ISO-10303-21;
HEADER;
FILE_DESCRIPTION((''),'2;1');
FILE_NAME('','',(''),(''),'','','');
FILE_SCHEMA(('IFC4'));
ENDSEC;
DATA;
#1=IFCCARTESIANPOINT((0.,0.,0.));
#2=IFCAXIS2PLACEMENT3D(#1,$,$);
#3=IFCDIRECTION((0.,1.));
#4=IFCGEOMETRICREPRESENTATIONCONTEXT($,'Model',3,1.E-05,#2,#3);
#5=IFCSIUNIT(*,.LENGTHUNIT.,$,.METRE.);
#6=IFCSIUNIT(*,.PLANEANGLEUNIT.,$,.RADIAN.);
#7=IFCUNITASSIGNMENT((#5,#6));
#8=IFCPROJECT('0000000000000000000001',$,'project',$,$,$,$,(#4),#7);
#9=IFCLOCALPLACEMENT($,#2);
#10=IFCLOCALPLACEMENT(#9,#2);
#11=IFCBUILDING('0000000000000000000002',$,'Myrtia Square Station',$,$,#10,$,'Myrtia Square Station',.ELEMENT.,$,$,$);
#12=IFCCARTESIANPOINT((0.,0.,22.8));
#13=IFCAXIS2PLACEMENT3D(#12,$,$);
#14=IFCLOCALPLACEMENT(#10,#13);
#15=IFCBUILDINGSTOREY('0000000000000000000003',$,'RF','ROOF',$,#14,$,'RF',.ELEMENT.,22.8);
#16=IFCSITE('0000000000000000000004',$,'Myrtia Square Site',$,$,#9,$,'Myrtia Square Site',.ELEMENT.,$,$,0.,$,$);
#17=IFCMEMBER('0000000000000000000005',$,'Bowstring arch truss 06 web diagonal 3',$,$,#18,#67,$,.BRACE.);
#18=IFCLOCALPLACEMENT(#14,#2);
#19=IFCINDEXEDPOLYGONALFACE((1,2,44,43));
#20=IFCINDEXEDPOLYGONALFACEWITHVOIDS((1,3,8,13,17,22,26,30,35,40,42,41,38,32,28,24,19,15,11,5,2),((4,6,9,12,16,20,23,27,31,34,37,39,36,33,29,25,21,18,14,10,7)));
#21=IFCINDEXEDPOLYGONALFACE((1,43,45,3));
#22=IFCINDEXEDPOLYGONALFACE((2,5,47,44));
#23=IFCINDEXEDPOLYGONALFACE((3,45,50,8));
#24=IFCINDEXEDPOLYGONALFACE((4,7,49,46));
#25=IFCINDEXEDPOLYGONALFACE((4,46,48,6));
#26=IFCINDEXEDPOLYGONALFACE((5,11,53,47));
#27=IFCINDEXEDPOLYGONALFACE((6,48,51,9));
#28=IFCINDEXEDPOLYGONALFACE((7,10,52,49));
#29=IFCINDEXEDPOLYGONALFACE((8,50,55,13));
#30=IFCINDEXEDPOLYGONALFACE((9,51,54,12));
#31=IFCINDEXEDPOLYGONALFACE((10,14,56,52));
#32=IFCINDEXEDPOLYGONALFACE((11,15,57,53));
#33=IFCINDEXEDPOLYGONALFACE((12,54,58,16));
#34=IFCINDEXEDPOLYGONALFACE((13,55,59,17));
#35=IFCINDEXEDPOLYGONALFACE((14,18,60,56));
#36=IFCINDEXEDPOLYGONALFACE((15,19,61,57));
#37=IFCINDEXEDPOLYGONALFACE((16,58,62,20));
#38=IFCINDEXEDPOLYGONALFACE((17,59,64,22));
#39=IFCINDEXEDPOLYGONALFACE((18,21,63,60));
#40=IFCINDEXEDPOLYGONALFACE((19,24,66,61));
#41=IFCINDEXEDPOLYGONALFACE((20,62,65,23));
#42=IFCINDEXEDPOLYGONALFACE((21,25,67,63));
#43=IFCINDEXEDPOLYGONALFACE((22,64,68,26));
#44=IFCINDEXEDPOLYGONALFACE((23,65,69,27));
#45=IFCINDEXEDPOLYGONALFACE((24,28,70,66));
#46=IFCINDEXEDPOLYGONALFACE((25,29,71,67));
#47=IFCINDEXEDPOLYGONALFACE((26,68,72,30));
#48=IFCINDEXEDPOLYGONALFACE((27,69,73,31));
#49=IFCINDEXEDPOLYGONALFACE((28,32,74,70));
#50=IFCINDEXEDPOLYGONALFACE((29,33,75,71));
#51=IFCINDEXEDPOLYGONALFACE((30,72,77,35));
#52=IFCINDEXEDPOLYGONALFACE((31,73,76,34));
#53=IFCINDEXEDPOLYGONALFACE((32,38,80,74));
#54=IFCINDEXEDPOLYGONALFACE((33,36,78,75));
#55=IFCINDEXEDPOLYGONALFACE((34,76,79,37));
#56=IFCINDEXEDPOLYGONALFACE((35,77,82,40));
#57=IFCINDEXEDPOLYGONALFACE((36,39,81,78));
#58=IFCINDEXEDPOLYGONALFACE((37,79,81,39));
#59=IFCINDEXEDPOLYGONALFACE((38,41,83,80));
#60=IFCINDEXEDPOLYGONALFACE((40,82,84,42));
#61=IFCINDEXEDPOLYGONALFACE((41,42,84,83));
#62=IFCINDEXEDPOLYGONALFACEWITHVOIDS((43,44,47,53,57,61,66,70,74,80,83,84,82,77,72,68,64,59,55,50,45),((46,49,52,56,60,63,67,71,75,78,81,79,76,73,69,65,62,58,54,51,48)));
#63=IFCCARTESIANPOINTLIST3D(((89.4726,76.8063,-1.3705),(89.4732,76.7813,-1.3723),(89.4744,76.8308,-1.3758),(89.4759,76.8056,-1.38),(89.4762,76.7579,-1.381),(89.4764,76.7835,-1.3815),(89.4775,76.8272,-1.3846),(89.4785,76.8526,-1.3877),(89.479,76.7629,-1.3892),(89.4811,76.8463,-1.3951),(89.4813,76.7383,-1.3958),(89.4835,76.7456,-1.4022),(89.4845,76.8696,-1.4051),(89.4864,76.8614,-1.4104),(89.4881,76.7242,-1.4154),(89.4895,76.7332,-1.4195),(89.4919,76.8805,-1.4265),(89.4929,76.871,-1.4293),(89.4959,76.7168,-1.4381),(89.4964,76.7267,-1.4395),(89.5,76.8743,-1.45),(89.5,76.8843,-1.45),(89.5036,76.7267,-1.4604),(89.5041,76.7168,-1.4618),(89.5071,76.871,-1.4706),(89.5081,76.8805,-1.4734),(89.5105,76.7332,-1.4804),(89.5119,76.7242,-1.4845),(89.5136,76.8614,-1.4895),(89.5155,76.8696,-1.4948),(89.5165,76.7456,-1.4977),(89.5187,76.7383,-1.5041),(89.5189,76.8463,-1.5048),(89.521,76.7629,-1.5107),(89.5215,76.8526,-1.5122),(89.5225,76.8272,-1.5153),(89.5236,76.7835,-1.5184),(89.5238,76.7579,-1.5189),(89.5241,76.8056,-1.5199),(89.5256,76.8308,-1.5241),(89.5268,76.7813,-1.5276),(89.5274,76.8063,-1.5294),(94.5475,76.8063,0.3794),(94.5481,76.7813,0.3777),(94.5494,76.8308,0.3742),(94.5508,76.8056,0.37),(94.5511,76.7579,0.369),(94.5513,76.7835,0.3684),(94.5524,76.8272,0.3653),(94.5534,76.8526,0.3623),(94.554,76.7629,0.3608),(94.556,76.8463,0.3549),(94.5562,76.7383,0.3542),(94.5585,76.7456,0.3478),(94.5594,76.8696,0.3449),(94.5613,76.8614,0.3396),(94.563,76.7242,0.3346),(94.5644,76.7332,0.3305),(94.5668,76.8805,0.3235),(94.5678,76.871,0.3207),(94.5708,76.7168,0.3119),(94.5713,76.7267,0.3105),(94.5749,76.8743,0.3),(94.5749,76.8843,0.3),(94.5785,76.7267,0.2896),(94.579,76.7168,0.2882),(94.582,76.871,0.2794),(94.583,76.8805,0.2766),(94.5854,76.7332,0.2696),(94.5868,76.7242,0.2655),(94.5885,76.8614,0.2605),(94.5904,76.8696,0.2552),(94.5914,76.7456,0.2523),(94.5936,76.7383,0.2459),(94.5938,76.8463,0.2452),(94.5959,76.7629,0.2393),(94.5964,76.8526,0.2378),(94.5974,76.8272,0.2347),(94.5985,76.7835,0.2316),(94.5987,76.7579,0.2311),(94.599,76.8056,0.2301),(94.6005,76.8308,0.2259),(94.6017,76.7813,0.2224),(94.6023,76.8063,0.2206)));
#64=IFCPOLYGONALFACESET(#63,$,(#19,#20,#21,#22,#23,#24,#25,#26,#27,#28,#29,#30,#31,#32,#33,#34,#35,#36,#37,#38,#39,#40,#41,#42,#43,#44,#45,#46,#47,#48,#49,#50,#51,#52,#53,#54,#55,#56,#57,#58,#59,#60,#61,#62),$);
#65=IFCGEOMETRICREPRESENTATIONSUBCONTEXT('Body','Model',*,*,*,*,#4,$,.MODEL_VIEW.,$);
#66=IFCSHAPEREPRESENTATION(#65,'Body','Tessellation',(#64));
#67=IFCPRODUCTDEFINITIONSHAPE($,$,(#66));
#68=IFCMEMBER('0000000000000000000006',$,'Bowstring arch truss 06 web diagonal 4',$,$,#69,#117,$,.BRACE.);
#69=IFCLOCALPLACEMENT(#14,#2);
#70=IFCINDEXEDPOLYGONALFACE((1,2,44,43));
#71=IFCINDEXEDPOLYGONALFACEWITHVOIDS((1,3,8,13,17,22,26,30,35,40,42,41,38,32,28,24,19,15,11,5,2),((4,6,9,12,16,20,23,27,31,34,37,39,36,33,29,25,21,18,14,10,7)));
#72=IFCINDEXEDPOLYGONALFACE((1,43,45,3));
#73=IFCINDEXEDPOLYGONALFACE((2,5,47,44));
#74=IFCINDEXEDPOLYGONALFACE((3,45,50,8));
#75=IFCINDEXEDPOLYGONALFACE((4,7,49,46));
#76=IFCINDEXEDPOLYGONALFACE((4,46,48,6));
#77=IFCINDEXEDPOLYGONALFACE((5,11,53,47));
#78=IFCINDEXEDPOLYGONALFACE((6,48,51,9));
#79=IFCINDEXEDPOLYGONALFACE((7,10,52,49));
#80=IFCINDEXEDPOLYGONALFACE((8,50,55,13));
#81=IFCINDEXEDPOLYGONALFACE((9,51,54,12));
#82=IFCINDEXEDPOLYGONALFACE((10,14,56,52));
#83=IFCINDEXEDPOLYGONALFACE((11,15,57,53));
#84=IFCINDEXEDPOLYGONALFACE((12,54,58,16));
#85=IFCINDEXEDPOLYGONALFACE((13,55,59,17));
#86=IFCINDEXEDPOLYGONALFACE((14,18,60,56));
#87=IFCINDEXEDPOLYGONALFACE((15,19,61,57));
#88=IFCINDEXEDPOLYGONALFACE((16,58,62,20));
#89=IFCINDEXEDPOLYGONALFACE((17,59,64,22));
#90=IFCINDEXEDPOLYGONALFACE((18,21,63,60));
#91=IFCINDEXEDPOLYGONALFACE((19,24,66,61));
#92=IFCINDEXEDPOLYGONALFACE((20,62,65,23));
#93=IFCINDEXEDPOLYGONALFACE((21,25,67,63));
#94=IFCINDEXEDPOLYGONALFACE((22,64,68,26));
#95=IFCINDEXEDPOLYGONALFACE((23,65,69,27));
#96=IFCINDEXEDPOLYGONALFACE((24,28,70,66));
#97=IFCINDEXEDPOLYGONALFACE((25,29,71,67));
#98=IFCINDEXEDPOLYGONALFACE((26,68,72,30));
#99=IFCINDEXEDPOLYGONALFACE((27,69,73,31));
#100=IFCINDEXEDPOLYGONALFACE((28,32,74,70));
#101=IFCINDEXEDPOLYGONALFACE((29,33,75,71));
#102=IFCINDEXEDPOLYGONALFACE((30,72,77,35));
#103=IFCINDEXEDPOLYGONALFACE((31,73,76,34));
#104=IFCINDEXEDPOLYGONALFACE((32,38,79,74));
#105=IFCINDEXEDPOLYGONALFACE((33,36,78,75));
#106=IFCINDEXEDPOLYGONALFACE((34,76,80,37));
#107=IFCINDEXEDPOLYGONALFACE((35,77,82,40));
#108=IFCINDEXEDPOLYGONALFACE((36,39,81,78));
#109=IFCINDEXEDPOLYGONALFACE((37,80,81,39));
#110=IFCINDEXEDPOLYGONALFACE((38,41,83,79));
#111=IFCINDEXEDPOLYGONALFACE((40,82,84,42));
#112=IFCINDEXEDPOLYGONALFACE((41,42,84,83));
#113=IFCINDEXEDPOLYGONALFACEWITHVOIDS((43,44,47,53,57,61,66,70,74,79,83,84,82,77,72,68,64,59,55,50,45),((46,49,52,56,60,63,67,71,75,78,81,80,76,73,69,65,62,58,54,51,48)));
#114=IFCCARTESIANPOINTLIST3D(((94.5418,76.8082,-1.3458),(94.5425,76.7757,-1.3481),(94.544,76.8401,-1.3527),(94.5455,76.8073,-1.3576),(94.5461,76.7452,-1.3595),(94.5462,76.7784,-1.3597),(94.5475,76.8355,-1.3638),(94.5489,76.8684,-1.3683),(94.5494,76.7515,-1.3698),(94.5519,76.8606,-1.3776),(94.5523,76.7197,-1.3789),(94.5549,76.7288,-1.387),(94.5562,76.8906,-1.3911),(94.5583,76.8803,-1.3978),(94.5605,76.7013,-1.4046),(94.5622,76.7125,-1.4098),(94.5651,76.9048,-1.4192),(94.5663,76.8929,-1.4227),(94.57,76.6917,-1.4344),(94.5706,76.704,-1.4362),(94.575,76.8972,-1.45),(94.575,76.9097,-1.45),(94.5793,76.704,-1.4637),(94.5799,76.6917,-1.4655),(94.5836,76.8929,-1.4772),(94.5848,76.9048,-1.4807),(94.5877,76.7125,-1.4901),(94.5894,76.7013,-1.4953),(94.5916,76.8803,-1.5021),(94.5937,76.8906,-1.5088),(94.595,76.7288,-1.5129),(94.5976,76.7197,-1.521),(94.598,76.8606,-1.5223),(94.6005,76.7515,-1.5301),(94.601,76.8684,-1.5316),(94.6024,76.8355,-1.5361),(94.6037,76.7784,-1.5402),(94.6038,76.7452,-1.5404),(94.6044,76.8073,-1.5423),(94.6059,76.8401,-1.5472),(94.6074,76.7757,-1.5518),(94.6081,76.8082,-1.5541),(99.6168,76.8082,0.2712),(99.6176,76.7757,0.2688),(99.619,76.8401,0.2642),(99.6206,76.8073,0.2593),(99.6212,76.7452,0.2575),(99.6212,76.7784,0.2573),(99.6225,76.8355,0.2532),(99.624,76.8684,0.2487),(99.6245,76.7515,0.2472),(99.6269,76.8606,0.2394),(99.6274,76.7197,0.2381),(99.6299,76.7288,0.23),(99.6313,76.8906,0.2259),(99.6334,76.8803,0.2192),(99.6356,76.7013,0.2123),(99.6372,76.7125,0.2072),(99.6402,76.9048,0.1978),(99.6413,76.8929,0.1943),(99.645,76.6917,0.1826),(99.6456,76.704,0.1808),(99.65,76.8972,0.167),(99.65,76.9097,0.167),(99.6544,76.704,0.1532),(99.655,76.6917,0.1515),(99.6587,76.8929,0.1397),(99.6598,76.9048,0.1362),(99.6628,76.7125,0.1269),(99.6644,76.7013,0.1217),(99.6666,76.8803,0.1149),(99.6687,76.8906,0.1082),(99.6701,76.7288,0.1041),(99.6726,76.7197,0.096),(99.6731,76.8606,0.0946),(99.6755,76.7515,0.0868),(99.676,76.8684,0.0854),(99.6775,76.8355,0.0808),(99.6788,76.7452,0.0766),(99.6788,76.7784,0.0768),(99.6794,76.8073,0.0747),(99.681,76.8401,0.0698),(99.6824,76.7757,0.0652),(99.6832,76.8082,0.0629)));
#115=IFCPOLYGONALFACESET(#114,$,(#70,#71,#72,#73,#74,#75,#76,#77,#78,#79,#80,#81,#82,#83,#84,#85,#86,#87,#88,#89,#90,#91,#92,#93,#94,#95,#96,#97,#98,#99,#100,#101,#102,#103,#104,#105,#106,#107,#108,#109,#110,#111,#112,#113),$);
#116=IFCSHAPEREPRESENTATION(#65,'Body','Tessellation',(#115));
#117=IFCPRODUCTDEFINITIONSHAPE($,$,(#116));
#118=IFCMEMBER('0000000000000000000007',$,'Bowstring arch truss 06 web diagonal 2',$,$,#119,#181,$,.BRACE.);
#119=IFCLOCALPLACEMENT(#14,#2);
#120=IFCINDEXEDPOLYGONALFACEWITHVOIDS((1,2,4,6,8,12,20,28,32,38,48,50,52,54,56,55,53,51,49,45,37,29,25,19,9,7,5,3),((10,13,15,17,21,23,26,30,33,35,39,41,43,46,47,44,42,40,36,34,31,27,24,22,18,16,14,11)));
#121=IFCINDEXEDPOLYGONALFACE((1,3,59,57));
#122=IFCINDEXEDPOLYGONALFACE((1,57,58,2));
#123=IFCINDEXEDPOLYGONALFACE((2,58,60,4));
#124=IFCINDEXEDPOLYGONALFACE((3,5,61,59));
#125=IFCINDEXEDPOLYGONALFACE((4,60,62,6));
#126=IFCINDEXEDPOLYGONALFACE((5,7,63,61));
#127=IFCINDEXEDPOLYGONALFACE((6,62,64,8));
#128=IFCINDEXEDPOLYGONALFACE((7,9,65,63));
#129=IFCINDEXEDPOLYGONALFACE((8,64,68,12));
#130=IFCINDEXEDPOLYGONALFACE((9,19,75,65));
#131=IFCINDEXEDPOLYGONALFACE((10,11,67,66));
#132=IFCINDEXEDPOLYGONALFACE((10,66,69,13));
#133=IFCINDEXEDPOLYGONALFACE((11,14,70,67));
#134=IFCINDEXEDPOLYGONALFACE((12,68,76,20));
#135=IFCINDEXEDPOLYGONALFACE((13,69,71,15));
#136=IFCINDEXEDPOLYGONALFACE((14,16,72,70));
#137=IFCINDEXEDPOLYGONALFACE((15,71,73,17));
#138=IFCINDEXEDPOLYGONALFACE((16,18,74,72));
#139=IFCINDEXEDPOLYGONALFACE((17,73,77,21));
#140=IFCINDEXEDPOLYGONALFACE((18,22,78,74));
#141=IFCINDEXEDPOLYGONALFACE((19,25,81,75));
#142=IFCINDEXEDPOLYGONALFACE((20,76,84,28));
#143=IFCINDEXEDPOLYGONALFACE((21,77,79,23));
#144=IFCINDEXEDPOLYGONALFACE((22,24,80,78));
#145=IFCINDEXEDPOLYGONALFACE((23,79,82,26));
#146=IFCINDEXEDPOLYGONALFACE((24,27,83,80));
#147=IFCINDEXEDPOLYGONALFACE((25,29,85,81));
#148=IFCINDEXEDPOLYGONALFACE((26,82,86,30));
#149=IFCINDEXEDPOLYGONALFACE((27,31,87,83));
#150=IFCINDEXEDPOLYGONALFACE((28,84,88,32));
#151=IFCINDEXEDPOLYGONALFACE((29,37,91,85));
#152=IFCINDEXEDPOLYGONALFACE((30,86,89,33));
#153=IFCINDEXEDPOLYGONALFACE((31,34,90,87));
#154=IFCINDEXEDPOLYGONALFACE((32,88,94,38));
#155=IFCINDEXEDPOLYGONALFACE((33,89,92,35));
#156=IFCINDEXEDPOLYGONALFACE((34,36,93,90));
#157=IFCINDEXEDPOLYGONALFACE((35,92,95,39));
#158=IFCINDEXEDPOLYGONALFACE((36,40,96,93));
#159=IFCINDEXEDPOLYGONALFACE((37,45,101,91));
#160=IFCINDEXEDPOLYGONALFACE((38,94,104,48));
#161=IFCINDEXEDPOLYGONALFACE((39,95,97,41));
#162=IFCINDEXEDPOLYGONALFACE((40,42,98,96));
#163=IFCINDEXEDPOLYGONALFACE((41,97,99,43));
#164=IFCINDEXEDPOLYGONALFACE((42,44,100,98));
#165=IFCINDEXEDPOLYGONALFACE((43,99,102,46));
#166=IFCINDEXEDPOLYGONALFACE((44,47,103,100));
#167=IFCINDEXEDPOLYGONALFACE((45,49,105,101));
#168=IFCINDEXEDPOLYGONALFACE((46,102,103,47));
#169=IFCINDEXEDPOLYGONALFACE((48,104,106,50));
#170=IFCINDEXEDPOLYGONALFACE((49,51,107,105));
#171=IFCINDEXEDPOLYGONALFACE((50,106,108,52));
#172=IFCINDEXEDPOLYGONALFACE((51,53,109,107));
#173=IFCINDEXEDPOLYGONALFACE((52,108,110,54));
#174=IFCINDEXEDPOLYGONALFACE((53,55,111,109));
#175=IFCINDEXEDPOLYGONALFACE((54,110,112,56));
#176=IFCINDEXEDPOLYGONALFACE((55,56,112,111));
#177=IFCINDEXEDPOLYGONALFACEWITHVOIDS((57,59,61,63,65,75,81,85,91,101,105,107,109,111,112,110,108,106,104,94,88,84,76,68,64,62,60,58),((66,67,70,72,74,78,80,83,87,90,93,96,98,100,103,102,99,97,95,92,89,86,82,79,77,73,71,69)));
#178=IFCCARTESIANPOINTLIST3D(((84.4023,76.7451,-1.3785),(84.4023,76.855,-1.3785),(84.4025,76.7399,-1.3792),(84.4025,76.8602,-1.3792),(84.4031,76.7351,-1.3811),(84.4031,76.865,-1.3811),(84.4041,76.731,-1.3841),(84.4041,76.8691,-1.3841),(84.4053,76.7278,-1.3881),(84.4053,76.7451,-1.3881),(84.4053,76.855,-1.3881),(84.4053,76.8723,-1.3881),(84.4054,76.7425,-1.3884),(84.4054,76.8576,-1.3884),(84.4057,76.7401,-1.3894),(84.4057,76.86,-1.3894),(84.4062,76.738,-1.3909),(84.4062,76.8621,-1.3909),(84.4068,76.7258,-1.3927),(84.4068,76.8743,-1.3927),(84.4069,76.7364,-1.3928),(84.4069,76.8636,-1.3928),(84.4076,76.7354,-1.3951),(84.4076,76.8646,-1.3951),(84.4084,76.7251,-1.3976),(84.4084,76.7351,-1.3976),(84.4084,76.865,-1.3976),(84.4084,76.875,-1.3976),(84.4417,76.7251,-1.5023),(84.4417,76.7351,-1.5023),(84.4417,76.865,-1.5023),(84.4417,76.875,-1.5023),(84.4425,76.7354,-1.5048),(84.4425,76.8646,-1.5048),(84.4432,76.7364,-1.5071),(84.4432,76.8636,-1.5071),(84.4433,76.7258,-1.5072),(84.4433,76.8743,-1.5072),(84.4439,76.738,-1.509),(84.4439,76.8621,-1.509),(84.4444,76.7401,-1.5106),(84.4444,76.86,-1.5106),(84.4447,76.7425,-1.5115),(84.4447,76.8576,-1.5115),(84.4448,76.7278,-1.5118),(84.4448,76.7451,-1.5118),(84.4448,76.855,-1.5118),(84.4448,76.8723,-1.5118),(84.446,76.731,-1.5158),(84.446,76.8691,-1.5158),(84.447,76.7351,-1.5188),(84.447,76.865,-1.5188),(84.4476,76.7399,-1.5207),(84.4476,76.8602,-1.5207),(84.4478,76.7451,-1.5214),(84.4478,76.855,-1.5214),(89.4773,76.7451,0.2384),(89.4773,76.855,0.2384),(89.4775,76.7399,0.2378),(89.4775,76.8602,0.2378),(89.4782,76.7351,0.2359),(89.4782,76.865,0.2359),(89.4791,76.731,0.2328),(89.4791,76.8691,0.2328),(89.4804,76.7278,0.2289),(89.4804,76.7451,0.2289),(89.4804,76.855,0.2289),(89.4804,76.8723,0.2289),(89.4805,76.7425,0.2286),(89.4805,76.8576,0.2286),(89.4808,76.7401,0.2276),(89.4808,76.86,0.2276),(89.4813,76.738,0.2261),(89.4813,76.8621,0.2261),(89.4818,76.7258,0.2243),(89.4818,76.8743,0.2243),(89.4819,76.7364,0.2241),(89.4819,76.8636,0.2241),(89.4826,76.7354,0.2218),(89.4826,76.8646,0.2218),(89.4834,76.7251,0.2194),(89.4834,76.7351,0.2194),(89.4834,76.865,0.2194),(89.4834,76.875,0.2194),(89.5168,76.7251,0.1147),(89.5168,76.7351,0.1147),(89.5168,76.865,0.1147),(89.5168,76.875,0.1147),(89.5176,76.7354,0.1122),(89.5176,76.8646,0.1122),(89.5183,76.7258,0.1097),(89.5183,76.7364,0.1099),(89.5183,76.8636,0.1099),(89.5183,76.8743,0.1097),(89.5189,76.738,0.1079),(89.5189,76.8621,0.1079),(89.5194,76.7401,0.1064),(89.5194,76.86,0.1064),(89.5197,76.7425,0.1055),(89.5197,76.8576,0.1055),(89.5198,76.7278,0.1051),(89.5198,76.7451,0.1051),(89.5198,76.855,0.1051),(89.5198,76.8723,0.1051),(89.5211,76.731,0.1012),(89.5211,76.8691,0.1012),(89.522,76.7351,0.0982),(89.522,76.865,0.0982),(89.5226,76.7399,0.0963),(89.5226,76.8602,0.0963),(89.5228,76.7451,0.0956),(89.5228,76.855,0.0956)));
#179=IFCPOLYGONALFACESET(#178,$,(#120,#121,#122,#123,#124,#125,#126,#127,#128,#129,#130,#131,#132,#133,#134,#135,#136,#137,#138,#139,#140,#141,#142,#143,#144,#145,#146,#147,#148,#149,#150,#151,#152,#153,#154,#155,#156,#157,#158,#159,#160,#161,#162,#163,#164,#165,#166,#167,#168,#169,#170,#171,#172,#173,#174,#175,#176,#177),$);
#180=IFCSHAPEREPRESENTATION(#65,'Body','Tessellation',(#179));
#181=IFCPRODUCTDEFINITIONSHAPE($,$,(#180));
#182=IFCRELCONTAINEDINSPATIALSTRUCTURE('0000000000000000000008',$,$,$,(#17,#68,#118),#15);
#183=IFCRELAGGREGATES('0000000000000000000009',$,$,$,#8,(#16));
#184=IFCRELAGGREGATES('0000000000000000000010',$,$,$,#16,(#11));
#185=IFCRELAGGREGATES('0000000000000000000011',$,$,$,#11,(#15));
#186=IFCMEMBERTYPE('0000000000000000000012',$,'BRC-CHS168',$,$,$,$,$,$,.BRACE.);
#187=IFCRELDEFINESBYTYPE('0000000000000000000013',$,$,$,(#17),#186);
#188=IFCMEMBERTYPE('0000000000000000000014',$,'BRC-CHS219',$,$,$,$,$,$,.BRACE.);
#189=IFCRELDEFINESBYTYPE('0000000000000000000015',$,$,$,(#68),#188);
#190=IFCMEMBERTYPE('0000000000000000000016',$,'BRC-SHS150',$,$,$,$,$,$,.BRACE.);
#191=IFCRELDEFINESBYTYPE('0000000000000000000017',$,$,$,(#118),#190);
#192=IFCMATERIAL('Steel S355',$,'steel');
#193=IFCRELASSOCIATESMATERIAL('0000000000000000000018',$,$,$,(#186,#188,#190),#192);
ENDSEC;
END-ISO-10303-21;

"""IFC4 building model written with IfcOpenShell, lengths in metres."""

from ifc_helpers import new_model, si_unit, direction, frame, origin, origin_2d, place, context, subcontext, project, spatial, hollow_rectangle, hollow_circle, extrude, material, material_profile, profile_set, type_object, element, save


model = new_model("IFC4")

# Units and contexts
model_context = context("Model", 3, precision=1e-05, world=origin(), true_north=direction((0.0, 1.0)))
body_context = subcontext(model_context, "Body", "Model", "MODEL_VIEW")
ifc_project = project(units=[si_unit("LENGTHUNIT", "METRE"), si_unit("PLANEANGLEUNIT", "RADIAN")], contexts=[model_context])

# Site, building, storey
site_placement = place(None, origin())
site = spatial("IfcSite", under=ifc_project, at=site_placement, Name="Myrtia Square Site", LongName="Myrtia Square Site", CompositionType="ELEMENT", RefElevation=0.0)
building_placement = place(site_placement, origin())
building = spatial("IfcBuilding", under=site, at=building_placement, Name="Myrtia Square Station", LongName="Myrtia Square Station", CompositionType="ELEMENT")
storey_placement = place(building_placement, frame((0.0, 0.0, 22.8)))
storey = spatial("IfcBuildingStorey", under=building, at=storey_placement, Name="RF", Description="ROOF", LongName="RF", CompositionType="ELEMENT", Elevation=22.8)

# Members
ifc_material_1 = material(Name="Steel S355", Category="steel")
ifc_material_profile_1 = material_profile(ifc_material_1, hollow_circle(Radius=0.0842, WallThickness=0.01, at=origin_2d()), Name="CHS 168.3x10")
ifc_profile_set_1 = profile_set([ifc_material_profile_1], Name="Steel S355")
member_type_1 = type_object("IfcMemberType", Name="BRC-CHS168", PredefinedType="BRACE", material=ifc_profile_set_1)
member_1_placement = place(storey_placement, frame((89.5, 76.8, -1.45), z_axis=(0.945372, 0.0, 0.325993), x_axis=(0.0, 1.0, 0.0)))
element("IfcMember", 1, at=member_1_placement, inside=storey, type_object=member_type_1, Name="Bowstring arch truss 06 web diagonal 3", PredefinedType="BRACE", context=body_context, shape_type="SweptSolid", body=[
    extrude(hollow_circle(Radius=0.0842, WallThickness=0.01, at=origin_2d()), origin(), (0.0, 0.0, 1.0), 5.3682),
])
ifc_material_profile_2 = material_profile(ifc_material_1, hollow_circle(Radius=0.1096, WallThickness=0.0125, at=origin_2d()), Name="CHS 219.1x12.5")
ifc_profile_set_2 = profile_set([ifc_material_profile_2], Name="Steel S355")
member_type_2 = type_object("IfcMemberType", Name="BRC-CHS219", PredefinedType="BRACE", material=ifc_profile_set_2)
member_2_placement = place(storey_placement, frame((94.575, 76.8, -1.45), z_axis=(0.952807, 0.0, 0.303576), x_axis=(0.0, 1.0, 0.0)))
element("IfcMember", 2, at=member_2_placement, inside=storey, type_object=member_type_2, Name="Bowstring arch truss 06 web diagonal 4", PredefinedType="BRACE", context=body_context, shape_type="SweptSolid", body=[
    extrude(hollow_circle(Radius=0.1096, WallThickness=0.0125, at=origin_2d()), origin(), (0.0, 0.0, 1.0), 5.3264),
])
ifc_material_profile_3 = material_profile(ifc_material_1, hollow_rectangle(XDim=0.1499, YDim=0.1499, WallThickness=0.01, InnerFilletRadius=0.01, OuterFilletRadius=0.02, at=origin_2d()), Name="SHS 150x150x10")
ifc_profile_set_3 = profile_set([ifc_material_profile_3], Name="Steel S355")
member_type_3 = type_object("IfcMemberType", Name="BRC-SHS150", PredefinedType="BRACE", material=ifc_profile_set_3)
member_3_placement = place(storey_placement, frame((84.425, 76.8, -1.45), z_axis=(0.952807, 0.0, 0.303576), x_axis=(0.0, 1.0, 0.0)))
element("IfcMember", 3, at=member_3_placement, inside=storey, type_object=member_type_3, Name="Bowstring arch truss 06 web diagonal 2", PredefinedType="BRACE", context=body_context, shape_type="SweptSolid", body=[
    extrude(hollow_rectangle(XDim=0.1499, YDim=0.1499, WallThickness=0.01, InnerFilletRadius=0.01, OuterFilletRadius=0.02, at=origin_2d()), origin(), (0.0, 0.0, 1.0), 5.3264),
])

save(model, "model.ifc")
